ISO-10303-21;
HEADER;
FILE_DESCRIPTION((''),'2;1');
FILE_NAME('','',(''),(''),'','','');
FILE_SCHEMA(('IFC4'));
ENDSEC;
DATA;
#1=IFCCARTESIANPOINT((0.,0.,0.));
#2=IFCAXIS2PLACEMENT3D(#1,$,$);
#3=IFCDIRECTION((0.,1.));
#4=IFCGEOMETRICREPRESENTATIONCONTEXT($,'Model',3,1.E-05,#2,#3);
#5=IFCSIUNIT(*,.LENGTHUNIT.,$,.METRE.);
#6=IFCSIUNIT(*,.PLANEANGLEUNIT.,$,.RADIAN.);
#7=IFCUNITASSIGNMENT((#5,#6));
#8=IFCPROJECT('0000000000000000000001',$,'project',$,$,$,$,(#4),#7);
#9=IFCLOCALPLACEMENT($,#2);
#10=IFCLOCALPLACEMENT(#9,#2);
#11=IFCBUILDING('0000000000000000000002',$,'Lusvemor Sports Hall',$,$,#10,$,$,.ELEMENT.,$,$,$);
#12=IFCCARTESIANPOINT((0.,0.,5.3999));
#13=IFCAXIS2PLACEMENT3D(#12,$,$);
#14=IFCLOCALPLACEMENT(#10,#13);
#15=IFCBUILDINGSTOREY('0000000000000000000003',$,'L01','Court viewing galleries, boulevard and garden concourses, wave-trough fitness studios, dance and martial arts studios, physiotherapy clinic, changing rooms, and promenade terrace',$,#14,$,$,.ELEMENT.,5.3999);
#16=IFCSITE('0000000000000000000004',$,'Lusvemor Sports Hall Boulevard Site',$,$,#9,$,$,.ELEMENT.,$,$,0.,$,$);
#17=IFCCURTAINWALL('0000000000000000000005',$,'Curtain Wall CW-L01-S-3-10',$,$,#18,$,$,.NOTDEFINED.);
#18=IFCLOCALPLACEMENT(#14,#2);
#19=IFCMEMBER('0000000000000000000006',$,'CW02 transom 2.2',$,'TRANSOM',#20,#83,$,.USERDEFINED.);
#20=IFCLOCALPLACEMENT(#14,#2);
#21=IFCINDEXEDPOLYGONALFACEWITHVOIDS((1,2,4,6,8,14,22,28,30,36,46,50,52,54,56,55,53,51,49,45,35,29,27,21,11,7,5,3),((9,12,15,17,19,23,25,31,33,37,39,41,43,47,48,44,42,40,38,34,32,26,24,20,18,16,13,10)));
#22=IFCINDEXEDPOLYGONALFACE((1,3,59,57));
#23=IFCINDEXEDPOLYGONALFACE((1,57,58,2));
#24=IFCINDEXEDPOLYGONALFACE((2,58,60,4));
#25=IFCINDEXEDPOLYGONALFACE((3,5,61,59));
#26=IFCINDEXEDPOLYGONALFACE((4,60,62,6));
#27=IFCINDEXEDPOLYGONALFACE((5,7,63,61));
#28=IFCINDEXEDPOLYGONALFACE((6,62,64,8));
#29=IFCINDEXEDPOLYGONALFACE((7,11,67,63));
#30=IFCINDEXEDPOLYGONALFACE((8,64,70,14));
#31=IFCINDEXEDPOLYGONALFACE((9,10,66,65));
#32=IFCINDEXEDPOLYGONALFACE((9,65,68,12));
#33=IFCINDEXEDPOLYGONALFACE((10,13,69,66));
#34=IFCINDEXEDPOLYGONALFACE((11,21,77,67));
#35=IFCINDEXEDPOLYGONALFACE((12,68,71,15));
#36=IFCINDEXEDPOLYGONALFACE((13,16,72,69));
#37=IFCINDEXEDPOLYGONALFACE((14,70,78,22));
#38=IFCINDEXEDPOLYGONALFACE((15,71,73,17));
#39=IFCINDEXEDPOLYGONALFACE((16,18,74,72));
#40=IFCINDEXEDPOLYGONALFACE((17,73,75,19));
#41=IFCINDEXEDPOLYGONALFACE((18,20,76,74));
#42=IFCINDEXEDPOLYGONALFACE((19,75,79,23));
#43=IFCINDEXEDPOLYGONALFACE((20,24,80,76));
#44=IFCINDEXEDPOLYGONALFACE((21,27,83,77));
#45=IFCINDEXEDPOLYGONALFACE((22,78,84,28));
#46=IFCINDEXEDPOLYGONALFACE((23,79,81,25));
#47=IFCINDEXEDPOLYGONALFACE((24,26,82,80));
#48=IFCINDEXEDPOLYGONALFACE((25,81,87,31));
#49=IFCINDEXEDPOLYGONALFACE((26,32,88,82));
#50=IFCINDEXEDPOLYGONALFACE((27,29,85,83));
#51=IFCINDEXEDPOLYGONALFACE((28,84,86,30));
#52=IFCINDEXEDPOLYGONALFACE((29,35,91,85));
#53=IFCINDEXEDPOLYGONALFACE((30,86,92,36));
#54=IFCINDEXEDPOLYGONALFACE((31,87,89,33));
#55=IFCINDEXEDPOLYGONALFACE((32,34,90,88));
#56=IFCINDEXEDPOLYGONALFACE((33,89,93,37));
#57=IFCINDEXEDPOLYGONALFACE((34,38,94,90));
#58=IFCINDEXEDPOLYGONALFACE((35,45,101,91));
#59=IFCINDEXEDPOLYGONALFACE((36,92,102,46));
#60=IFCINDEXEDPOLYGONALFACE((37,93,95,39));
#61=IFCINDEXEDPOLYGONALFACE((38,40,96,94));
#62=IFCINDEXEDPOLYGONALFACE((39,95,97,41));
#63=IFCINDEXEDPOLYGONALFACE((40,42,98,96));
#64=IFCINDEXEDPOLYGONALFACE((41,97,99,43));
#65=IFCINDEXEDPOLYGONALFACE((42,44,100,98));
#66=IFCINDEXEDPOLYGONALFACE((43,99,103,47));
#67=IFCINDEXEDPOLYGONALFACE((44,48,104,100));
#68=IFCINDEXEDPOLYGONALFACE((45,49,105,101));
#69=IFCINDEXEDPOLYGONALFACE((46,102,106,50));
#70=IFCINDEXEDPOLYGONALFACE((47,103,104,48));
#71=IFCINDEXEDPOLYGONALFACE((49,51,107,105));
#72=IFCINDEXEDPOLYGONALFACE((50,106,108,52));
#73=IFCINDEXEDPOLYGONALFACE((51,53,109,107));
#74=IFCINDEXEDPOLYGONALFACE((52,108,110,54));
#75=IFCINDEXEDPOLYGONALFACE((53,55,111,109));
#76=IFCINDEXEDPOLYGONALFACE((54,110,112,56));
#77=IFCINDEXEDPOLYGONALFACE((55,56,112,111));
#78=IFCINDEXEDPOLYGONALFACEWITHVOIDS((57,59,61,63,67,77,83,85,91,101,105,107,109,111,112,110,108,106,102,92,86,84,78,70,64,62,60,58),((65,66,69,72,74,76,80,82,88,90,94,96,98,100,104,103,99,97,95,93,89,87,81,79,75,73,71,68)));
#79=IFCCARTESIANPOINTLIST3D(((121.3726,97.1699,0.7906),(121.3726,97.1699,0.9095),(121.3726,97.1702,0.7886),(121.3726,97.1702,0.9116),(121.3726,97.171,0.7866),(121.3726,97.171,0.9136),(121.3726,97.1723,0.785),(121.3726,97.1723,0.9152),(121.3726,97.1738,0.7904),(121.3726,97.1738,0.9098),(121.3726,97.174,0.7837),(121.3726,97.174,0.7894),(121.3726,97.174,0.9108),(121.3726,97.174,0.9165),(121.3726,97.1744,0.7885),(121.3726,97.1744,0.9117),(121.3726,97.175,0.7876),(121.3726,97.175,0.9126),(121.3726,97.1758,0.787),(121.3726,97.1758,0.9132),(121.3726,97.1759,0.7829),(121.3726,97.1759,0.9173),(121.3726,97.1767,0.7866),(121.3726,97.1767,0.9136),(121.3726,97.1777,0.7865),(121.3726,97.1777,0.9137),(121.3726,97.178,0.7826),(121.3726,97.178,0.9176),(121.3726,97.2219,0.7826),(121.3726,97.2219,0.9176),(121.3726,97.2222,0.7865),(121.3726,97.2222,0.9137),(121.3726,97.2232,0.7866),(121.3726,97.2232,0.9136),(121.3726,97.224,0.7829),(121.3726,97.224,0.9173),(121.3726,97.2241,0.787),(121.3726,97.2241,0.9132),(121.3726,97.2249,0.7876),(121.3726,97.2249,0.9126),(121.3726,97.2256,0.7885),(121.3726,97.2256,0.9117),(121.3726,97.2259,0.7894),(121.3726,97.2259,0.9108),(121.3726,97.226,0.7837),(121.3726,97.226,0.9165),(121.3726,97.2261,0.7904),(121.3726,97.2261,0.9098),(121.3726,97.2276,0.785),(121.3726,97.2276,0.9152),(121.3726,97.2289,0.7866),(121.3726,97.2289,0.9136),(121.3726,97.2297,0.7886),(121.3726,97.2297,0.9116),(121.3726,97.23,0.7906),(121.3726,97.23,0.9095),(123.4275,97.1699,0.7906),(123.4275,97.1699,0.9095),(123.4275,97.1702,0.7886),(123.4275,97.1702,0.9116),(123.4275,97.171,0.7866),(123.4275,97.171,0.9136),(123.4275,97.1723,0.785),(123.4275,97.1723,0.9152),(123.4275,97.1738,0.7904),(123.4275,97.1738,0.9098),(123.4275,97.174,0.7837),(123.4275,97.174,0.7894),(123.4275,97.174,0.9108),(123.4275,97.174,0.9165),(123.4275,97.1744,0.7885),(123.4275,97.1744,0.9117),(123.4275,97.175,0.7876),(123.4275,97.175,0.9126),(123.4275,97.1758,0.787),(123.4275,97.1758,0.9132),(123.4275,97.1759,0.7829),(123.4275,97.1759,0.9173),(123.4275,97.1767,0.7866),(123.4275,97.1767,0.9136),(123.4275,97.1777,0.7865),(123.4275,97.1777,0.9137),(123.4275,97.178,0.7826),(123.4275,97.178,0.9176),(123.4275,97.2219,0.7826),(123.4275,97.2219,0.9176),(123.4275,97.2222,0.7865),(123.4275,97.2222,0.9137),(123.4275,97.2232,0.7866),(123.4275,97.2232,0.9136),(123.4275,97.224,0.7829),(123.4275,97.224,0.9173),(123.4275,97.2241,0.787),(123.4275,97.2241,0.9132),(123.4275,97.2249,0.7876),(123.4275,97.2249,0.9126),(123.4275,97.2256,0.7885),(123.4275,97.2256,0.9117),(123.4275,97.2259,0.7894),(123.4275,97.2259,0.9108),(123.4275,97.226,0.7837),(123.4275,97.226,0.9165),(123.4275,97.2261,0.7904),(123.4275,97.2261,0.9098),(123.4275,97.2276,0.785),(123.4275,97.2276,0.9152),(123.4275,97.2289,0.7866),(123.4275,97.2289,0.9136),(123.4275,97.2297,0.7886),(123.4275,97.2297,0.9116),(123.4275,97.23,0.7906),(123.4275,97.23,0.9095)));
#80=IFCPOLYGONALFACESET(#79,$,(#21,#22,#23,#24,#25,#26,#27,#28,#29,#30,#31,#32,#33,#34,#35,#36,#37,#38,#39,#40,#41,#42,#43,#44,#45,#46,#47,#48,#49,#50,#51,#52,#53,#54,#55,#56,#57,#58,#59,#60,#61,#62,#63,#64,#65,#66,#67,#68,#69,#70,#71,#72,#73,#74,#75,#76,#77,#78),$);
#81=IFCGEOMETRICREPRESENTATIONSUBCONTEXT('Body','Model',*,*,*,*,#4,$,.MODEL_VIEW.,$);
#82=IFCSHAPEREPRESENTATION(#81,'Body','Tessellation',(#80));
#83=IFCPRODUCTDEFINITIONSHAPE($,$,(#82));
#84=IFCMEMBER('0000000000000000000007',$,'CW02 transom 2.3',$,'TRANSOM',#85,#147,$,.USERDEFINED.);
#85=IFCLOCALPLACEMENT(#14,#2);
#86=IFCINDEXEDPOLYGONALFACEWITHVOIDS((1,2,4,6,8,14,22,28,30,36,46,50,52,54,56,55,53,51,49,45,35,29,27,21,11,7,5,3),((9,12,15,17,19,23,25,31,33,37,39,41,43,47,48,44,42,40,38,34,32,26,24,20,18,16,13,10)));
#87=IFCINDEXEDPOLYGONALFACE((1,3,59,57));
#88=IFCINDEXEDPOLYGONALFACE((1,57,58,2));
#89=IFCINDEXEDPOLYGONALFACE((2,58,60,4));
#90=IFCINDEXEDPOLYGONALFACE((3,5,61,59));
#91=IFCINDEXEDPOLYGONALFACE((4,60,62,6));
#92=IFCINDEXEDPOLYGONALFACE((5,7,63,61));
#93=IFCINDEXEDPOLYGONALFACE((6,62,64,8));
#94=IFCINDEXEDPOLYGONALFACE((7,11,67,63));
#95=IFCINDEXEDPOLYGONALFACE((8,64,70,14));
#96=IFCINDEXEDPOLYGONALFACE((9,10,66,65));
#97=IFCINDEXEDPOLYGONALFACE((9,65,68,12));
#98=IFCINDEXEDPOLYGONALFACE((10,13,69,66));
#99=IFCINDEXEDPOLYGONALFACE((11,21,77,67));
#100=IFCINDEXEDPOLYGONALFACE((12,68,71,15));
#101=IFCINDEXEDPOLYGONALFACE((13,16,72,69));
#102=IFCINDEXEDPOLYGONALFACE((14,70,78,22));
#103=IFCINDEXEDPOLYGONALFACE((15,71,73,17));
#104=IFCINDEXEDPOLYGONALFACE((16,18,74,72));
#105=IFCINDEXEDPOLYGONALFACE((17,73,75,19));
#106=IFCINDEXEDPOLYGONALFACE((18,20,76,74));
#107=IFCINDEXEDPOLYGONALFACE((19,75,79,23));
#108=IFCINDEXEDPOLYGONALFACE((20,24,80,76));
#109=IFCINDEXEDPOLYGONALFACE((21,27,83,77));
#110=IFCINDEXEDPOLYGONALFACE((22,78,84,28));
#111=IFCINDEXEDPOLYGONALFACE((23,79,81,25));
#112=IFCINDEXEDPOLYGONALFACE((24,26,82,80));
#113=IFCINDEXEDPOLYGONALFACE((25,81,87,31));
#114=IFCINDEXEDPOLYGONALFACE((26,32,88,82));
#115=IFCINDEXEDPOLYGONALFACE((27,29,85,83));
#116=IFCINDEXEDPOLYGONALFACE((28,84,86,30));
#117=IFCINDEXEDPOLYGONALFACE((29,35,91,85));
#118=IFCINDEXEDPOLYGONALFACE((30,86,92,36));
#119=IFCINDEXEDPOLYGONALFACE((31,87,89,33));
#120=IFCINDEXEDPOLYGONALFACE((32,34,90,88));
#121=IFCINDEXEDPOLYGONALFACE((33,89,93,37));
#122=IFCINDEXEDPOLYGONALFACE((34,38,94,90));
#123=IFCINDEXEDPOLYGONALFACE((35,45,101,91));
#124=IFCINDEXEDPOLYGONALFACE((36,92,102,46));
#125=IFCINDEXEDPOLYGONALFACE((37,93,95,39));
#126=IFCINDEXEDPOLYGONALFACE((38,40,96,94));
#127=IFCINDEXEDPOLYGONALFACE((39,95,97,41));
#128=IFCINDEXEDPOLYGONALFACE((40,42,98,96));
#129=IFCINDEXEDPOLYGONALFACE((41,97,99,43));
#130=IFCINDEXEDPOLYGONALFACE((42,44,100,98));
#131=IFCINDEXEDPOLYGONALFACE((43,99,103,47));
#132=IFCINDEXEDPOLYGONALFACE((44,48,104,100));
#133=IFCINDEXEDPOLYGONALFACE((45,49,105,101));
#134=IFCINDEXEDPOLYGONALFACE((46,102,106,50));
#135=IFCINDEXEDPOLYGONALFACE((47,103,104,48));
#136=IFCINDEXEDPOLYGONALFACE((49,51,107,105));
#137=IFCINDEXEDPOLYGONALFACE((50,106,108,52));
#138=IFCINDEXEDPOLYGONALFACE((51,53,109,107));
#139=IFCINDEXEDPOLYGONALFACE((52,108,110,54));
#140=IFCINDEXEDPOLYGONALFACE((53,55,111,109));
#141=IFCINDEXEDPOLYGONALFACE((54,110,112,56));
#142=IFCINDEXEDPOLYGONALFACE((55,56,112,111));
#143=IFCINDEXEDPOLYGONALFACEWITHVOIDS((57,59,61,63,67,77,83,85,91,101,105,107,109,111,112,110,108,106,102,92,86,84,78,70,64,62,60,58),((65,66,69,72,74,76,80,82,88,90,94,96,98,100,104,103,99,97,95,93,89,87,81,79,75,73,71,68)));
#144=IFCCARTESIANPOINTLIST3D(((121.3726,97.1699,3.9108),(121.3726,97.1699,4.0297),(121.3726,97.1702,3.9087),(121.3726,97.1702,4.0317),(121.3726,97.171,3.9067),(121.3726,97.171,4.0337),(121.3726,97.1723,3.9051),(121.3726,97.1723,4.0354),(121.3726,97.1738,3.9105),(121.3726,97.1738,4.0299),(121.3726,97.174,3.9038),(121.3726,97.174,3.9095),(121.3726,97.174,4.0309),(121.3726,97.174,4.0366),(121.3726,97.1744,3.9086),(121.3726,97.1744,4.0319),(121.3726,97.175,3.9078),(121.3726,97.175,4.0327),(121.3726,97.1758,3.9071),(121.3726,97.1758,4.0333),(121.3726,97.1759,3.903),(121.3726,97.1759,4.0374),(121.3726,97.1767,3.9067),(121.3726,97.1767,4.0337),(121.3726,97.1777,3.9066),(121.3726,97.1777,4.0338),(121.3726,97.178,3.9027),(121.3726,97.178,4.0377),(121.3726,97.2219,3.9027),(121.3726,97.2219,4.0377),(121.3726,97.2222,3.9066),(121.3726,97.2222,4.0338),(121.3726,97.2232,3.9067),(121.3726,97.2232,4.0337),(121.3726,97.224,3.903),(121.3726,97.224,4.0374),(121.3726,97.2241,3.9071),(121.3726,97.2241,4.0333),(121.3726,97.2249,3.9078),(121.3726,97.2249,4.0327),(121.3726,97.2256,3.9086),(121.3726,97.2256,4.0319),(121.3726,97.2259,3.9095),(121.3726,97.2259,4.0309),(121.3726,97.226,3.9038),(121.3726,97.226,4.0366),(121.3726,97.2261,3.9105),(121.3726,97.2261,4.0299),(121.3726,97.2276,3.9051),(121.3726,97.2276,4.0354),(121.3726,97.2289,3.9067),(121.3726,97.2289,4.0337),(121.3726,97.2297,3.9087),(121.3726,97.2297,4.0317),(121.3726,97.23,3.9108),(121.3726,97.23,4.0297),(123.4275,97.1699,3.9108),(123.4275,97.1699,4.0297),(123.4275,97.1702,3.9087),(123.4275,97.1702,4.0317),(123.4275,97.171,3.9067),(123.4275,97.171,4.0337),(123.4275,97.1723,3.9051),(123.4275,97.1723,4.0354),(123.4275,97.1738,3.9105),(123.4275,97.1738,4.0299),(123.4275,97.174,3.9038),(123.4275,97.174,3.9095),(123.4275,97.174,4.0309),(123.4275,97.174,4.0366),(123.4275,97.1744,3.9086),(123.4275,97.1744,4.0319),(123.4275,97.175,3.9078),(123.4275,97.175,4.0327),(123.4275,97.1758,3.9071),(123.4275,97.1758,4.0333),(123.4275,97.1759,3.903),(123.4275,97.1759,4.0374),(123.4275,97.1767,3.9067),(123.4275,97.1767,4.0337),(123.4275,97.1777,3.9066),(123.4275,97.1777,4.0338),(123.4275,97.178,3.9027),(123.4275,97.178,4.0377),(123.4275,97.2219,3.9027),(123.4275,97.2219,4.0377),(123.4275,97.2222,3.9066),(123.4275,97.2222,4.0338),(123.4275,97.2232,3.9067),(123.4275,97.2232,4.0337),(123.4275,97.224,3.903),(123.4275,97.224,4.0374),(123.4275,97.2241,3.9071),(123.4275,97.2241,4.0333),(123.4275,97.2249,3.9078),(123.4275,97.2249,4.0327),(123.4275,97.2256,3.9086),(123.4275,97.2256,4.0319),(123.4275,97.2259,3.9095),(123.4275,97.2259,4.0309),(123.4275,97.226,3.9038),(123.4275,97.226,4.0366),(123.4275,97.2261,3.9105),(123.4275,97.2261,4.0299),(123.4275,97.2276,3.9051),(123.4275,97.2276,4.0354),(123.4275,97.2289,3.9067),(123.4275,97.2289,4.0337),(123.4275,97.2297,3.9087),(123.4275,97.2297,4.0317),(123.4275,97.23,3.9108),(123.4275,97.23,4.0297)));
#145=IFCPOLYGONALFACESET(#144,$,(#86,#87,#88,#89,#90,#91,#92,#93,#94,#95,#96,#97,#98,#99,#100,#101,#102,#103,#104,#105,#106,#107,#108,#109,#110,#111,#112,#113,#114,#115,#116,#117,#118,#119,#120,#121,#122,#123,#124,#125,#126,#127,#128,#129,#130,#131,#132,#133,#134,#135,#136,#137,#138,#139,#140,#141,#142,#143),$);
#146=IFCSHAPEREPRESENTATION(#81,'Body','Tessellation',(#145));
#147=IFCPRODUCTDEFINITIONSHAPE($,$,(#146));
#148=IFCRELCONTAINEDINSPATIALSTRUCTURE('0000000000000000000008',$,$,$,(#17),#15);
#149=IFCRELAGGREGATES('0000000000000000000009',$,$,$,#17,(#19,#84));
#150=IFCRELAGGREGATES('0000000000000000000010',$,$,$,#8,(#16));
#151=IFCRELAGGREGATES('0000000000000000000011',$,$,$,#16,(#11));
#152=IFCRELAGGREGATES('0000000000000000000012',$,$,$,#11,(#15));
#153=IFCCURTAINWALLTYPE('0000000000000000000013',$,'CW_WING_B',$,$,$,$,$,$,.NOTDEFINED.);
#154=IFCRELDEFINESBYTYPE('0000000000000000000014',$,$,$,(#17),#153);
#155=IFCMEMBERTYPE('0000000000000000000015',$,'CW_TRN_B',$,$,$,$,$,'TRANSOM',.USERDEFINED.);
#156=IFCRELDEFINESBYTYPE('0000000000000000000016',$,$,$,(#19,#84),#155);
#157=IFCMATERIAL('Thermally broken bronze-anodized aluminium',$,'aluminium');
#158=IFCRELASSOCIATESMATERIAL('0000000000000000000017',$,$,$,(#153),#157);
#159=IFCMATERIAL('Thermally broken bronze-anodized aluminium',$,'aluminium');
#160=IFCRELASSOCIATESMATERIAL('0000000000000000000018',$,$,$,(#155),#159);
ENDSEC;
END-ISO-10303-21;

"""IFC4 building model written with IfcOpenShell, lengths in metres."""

from ifc_helpers import new_model, si_unit, direction, frame, origin, origin_2d, place, context, subcontext, project, spatial, hollow_rectangle, extrude, material, material_profile, profile_set, type_object, element, aggregate, save


model = new_model("IFC4")

# Units and contexts
model_context = context("Model", 3, precision=1e-05, world=origin(), true_north=direction((0.0, 1.0)))
body_context = subcontext(model_context, "Body", "Model", "MODEL_VIEW")
ifc_project = project(units=[si_unit("LENGTHUNIT", "METRE"), si_unit("PLANEANGLEUNIT", "RADIAN")], contexts=[model_context])

# Site, building, storey
site_placement = place(None, origin())
site = spatial("IfcSite", under=ifc_project, at=site_placement, Name="Lusvemor Sports Hall Boulevard Site", CompositionType="ELEMENT", RefElevation=0.0)
building_placement = place(site_placement, origin())
building = spatial("IfcBuilding", under=site, at=building_placement, Name="Lusvemor Sports Hall", CompositionType="ELEMENT")
storey_placement = place(building_placement, frame((0.0, 0.0, 5.3999)))
storey = spatial("IfcBuildingStorey", under=building, at=storey_placement, Name="L01", Description="Court viewing galleries, boulevard and garden concourses, wave-trough fitness studios, dance and martial arts studios, physiotherapy clinic, changing rooms, and promenade terrace", CompositionType="ELEMENT", Elevation=5.3999)

# Curtain wall, members
ifc_material_1 = material(Name="Thermally broken bronze-anodized aluminium", Category="aluminium")
curtain_wall_type = type_object("IfcCurtainWallType", Name="CW_WING_B", PredefinedType="NOTDEFINED", material=ifc_material_1)
curtain_wall_placement = place(storey_placement, origin())
curtain_wall = element("IfcCurtainWall", 1, at=curtain_wall_placement, inside=storey, type_object=curtain_wall_type, Name="Curtain Wall CW-L01-S-3-10", PredefinedType="NOTDEFINED")
ifc_material_2 = material(Name="Thermally broken bronze-anodized aluminium", Category="aluminium")
ifc_material_profile_1 = material_profile(ifc_material_2, hollow_rectangle(XDim=0.0601, YDim=0.135, WallThickness=0.0039, InnerFilletRadius=0.0039, OuterFilletRadius=0.0081, at=origin_2d()), Name="CWTRN135x60x4")
ifc_profile_set_1 = profile_set([ifc_material_profile_1], Name="Thermally broken bronze-anodized aluminium")
member_type_1 = type_object("IfcMemberType", Name="CW_TRN_B", ElementType="TRANSOM", PredefinedType="USERDEFINED", material=ifc_profile_set_1)
member_1_placement = place(storey_placement, frame((123.4275, 97.2, 0.8501), z_axis=(-1.0, 0.0, 0.0), x_axis=(0.0, -1.0, 0.0)))
member_1 = element("IfcMember", 2, at=member_1_placement, type_object=member_type_1, Name="CW02 transom 2.2", ObjectType="TRANSOM", PredefinedType="USERDEFINED", context=body_context, shape_type="SweptSolid", body=[
    extrude(hollow_rectangle(XDim=0.0601, YDim=0.135, WallThickness=0.0039, InnerFilletRadius=0.0039, OuterFilletRadius=0.0081, at=origin_2d()), origin(), (0.0, 0.0, 1.0), 2.0549),
])
member_2_placement = place(storey_placement, frame((123.4275, 97.2, 3.9702), z_axis=(-1.0, 0.0, 0.0), x_axis=(0.0, -1.0, 0.0)))
member_2 = element("IfcMember", 3, at=member_2_placement, type_object=member_type_1, Name="CW02 transom 2.3", ObjectType="TRANSOM", PredefinedType="USERDEFINED", context=body_context, shape_type="SweptSolid", body=[
    extrude(hollow_rectangle(XDim=0.0601, YDim=0.135, WallThickness=0.0039, InnerFilletRadius=0.0039, OuterFilletRadius=0.0081, at=origin_2d()), origin(), (0.0, 0.0, 1.0), 2.0549),
])

aggregate(curtain_wall, [member_1, member_2])

save(model, "model.ifc")
